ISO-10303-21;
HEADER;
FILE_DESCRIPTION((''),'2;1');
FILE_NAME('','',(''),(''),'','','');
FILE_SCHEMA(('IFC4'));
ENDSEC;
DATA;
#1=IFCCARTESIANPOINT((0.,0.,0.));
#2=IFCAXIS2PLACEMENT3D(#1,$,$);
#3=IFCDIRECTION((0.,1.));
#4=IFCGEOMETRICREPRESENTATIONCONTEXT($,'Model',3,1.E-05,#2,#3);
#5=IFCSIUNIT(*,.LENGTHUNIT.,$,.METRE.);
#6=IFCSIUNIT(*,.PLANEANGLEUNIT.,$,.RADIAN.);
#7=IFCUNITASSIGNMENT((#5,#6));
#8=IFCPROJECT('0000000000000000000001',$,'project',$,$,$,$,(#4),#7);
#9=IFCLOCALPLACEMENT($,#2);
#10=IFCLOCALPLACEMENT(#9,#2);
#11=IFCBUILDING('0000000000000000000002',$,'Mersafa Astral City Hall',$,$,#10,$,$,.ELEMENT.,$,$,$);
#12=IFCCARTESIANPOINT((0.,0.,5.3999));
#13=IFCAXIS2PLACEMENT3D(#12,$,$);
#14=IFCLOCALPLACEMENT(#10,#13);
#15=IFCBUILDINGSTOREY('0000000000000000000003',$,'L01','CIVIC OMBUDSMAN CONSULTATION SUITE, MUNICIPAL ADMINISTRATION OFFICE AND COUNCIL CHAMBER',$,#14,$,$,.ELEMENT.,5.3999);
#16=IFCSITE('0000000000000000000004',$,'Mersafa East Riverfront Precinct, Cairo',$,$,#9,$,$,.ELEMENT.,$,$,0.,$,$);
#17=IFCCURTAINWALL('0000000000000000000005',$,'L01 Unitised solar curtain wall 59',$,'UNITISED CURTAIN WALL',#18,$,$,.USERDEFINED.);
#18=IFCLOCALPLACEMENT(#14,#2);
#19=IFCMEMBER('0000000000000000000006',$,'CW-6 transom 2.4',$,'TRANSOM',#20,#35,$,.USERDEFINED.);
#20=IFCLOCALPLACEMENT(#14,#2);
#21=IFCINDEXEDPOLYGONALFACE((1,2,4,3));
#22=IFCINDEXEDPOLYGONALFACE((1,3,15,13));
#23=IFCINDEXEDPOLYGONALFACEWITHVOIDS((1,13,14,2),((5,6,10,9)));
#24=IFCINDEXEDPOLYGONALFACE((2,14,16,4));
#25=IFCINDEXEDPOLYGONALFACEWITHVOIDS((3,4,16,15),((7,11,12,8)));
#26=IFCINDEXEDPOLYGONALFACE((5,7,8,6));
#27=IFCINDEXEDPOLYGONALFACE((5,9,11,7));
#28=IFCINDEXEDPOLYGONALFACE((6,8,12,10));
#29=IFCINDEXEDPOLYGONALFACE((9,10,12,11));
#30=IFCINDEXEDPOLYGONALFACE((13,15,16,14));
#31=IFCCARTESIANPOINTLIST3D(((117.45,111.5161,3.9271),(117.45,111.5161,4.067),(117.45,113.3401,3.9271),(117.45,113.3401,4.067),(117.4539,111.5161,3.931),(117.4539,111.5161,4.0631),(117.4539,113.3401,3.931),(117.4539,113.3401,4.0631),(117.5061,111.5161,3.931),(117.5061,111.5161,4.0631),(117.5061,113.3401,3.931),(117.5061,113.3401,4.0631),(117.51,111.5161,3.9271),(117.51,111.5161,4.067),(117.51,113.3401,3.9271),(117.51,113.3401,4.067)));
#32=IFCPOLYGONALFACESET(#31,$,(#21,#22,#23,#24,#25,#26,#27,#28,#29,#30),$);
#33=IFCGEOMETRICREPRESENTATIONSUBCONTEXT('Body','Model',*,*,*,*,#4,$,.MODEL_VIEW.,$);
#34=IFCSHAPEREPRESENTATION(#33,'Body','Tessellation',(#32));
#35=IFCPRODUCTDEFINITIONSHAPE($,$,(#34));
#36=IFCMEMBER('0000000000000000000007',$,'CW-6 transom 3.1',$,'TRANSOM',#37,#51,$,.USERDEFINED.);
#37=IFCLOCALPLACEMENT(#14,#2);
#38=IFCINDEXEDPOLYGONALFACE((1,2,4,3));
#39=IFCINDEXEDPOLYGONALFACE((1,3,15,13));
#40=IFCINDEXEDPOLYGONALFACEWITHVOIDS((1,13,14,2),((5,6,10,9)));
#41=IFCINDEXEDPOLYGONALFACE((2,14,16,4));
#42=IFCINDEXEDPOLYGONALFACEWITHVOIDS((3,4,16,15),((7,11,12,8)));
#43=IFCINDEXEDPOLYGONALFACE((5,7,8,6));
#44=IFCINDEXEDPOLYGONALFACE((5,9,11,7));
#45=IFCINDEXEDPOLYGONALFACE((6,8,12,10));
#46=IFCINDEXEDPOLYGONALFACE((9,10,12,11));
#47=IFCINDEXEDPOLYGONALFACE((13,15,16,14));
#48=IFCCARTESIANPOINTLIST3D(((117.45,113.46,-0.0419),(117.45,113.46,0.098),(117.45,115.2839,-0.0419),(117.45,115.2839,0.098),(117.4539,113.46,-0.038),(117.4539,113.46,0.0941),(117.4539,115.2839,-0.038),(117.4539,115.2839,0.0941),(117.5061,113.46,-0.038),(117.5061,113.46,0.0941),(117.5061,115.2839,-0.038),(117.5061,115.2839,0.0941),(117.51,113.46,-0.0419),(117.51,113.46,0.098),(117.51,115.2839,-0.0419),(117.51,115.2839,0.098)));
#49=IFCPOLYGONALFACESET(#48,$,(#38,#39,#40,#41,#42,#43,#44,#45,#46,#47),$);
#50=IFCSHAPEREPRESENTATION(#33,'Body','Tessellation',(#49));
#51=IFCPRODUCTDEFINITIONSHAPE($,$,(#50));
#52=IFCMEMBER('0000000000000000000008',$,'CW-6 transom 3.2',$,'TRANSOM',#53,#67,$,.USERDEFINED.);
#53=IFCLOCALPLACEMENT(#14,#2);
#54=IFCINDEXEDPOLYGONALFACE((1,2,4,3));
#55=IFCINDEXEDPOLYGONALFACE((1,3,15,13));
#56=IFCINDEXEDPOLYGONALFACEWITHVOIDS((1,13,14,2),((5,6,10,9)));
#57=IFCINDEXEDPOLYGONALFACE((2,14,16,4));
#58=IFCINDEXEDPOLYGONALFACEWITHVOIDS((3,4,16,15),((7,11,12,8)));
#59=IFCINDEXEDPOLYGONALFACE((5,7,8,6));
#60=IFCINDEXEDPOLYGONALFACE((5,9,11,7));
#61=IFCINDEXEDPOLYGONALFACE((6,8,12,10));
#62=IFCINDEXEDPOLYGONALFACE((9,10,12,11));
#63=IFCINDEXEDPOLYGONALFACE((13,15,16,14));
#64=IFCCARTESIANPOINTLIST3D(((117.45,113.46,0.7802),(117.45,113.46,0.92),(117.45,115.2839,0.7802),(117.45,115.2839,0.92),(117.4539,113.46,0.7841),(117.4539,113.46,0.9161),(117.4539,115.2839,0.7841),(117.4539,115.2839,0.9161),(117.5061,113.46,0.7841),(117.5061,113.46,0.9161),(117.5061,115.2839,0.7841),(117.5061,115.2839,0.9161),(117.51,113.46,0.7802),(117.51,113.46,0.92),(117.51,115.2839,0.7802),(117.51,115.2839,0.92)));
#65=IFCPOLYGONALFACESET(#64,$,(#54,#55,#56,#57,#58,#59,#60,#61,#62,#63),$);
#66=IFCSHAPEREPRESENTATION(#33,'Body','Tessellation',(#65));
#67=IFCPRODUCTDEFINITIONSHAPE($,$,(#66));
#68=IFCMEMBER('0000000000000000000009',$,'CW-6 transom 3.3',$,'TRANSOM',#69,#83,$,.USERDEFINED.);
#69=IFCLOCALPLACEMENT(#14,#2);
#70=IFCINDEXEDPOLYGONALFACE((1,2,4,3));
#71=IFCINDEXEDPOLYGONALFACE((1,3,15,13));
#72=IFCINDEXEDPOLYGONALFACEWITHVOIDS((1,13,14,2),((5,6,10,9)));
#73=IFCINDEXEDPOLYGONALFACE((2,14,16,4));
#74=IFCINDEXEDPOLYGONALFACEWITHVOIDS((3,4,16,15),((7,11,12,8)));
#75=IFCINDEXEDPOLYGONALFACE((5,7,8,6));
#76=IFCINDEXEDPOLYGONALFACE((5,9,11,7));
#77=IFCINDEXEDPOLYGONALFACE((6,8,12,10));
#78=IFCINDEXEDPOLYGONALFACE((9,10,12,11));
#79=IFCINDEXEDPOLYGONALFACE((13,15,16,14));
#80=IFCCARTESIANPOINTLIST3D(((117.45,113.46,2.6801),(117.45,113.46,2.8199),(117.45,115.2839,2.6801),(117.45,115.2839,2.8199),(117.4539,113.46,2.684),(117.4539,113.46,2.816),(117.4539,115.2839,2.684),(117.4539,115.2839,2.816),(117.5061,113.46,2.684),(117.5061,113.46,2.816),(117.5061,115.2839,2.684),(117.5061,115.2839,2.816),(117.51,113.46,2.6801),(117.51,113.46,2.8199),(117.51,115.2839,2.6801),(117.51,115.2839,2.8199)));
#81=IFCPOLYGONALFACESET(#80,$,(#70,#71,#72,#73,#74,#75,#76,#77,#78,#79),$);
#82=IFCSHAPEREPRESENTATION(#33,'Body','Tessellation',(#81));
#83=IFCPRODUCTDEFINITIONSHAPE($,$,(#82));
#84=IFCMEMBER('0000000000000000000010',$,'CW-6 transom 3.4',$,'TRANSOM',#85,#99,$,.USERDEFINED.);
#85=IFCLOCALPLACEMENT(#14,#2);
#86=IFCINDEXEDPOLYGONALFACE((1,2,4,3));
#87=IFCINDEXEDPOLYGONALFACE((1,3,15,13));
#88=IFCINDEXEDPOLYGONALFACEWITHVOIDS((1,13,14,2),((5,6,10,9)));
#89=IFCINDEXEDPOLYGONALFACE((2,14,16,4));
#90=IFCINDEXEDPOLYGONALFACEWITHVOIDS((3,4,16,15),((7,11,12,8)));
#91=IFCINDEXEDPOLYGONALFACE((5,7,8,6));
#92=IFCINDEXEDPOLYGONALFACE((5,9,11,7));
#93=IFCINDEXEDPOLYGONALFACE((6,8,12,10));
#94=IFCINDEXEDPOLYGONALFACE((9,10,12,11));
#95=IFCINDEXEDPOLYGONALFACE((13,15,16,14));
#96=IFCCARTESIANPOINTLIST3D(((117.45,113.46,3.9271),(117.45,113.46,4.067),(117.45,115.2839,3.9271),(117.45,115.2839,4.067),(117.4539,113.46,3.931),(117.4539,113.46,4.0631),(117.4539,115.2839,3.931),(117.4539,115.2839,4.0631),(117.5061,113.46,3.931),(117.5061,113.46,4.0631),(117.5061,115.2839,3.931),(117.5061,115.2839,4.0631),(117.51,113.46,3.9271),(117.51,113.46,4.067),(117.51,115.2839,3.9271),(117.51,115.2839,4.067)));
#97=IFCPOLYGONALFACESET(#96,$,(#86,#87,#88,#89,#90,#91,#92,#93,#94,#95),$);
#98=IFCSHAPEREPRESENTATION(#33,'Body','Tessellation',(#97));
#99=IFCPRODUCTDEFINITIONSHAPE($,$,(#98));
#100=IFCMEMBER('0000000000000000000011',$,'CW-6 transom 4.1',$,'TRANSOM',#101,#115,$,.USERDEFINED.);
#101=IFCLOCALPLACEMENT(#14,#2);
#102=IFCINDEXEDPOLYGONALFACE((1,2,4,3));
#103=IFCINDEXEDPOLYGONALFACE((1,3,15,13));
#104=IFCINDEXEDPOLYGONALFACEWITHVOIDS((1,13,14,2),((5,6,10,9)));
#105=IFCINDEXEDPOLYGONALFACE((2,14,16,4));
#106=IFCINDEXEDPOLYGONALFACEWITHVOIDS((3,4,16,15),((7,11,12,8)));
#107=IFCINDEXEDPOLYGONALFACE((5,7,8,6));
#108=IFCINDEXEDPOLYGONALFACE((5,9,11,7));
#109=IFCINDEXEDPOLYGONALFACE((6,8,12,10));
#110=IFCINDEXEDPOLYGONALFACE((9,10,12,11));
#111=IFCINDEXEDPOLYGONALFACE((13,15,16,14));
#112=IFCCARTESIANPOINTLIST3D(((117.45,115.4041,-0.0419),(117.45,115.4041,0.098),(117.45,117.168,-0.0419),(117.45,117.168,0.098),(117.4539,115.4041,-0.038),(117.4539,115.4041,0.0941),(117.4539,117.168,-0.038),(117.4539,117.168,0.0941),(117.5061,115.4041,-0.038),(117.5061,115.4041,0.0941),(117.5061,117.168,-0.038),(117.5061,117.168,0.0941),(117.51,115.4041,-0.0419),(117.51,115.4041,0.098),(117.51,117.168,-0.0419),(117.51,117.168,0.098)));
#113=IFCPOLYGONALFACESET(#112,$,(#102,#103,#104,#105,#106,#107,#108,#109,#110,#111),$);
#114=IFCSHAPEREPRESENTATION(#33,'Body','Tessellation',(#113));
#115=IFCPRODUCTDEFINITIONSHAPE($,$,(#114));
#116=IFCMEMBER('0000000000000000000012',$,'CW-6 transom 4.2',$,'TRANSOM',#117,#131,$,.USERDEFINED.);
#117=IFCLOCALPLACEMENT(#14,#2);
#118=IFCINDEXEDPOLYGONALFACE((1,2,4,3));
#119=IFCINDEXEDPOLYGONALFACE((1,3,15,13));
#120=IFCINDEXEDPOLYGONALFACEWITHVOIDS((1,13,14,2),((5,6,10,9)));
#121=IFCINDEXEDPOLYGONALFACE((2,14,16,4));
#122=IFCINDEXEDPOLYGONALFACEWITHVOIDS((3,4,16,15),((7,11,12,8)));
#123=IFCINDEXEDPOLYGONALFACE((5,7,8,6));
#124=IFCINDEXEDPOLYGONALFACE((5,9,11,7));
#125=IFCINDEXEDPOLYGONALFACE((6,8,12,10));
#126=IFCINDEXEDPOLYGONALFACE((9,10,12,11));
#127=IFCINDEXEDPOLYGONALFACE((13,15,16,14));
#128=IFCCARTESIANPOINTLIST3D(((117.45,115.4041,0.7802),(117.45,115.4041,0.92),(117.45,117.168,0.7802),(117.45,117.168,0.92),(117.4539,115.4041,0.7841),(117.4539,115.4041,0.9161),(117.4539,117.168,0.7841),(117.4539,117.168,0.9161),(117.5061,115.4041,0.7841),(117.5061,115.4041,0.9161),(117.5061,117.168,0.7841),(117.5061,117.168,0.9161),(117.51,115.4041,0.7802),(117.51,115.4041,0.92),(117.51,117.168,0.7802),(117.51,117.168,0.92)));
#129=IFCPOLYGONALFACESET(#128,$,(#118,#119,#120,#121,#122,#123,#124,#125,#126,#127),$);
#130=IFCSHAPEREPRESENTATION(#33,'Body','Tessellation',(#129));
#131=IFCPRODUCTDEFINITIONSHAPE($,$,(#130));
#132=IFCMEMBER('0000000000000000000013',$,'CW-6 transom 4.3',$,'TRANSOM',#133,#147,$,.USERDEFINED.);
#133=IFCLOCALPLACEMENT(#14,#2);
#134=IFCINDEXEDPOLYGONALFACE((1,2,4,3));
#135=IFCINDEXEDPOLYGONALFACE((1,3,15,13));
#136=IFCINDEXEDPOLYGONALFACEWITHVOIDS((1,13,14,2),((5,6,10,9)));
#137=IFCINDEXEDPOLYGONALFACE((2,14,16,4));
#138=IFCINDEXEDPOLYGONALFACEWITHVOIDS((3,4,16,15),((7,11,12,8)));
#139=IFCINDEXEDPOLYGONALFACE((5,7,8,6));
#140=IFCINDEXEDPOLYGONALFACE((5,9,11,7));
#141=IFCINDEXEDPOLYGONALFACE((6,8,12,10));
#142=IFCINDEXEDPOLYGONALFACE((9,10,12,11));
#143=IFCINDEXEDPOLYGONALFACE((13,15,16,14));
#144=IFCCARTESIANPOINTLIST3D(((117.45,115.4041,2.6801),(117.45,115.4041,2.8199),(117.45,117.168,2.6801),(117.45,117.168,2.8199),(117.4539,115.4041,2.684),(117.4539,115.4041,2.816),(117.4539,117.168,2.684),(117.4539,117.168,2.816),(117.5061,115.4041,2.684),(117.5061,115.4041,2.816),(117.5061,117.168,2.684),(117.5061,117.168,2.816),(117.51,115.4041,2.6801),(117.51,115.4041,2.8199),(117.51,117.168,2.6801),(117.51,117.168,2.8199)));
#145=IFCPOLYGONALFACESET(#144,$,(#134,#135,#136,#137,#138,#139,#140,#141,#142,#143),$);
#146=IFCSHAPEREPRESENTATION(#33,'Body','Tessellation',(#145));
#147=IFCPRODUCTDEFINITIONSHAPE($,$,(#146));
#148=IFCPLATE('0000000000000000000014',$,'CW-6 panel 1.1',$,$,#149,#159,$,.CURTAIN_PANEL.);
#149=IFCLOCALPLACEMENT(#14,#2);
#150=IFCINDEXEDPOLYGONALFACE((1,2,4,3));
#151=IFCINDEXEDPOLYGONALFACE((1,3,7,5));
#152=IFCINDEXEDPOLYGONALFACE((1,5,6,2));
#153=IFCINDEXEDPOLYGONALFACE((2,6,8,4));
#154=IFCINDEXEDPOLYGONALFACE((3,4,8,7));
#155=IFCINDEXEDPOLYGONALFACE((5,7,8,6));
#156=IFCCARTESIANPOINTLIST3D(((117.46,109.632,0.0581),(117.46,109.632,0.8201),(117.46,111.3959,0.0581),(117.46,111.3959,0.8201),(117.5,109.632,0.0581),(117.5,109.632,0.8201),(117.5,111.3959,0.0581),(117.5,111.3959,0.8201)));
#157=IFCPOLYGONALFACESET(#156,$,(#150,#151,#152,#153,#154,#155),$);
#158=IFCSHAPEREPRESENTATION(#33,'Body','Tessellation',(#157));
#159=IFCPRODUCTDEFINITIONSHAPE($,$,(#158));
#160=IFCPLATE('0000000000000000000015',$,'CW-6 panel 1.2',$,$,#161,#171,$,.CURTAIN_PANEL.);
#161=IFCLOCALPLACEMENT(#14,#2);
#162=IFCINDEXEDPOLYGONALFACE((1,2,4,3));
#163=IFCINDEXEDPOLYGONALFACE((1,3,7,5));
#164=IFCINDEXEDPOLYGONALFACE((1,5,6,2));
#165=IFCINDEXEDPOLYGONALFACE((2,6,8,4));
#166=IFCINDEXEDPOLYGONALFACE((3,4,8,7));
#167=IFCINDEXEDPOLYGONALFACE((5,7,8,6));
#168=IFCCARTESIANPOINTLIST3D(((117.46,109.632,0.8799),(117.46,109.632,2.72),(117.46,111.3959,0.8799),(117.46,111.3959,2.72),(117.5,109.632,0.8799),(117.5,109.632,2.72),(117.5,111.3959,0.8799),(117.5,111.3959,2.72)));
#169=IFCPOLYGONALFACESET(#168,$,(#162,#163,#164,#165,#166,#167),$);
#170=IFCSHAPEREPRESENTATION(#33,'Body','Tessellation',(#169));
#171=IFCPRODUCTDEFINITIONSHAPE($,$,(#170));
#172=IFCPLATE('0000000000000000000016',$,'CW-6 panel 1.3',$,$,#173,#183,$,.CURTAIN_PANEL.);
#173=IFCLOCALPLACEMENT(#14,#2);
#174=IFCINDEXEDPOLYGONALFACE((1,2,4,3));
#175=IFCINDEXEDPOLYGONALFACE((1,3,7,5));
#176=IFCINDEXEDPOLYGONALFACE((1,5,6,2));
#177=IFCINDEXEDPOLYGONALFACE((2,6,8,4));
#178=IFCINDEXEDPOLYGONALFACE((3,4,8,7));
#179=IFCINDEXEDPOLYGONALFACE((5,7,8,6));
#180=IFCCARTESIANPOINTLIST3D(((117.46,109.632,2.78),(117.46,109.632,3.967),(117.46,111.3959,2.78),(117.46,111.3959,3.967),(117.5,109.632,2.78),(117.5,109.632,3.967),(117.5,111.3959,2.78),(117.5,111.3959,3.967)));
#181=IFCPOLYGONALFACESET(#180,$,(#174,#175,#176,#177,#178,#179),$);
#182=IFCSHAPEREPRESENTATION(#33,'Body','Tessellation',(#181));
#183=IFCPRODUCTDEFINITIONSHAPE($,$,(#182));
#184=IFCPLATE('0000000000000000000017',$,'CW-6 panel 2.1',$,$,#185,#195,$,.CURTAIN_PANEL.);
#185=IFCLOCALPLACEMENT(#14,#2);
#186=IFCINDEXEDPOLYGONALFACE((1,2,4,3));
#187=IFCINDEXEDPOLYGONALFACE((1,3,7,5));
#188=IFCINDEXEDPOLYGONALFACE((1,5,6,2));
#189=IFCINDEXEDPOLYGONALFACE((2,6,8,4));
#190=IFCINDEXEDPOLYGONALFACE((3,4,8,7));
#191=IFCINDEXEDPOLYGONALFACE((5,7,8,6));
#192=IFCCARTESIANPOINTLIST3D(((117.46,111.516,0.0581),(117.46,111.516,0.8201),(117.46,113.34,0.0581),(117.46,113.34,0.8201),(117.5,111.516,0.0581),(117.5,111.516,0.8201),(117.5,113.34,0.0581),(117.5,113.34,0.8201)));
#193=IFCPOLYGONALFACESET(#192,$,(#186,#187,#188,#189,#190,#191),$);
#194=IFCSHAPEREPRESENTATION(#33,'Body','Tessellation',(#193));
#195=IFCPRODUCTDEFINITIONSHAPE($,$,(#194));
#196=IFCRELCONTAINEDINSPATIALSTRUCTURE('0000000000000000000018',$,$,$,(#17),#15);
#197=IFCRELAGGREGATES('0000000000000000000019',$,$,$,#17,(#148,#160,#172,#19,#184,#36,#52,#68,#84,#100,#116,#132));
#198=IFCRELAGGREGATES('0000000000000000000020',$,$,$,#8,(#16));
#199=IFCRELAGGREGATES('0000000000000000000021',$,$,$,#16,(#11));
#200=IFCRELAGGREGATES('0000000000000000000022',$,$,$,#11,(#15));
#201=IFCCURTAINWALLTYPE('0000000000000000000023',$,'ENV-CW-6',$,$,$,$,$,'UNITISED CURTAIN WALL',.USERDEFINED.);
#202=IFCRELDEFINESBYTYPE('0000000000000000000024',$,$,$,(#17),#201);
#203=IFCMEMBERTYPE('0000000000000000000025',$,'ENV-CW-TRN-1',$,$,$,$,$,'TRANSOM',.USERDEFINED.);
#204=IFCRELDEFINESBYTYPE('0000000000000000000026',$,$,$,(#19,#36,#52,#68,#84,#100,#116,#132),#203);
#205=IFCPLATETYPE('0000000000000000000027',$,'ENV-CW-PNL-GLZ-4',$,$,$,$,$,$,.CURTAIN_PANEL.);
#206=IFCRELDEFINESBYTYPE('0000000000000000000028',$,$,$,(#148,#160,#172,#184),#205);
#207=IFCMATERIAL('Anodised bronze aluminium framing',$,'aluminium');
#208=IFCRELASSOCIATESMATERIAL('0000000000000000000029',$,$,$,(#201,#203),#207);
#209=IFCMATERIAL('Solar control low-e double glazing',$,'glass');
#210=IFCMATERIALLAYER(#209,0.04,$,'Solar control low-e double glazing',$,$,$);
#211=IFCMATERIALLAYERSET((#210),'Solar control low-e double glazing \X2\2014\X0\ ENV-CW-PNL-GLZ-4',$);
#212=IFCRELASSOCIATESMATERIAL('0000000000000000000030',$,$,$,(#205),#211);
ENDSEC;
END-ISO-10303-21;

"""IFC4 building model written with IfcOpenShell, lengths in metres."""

from ifc_helpers import new_model, si_unit, direction, frame, origin, origin_2d, place, context, subcontext, project, spatial, rectangle, hollow_rectangle, extrude, material, layer, layer_set, material_profile, profile_set, type_object, element, aggregate, save


model = new_model("IFC4")

# Units and contexts
model_context = context("Model", 3, precision=1e-05, world=origin(), true_north=direction((0.0, 1.0)))
body_context = subcontext(model_context, "Body", "Model", "MODEL_VIEW")
ifc_project = project(units=[si_unit("LENGTHUNIT", "METRE"), si_unit("PLANEANGLEUNIT", "RADIAN")], contexts=[model_context])

# Site, building, storey
site_placement = place(None, origin())
site = spatial("IfcSite", under=ifc_project, at=site_placement, Name="Mersafa East Riverfront Precinct, Cairo", CompositionType="ELEMENT", RefElevation=0.0)
building_placement = place(site_placement, origin())
building = spatial("IfcBuilding", under=site, at=building_placement, Name="Mersafa Astral City Hall", CompositionType="ELEMENT")
storey_placement = place(building_placement, frame((0.0, 0.0, 5.3999)))
storey = spatial("IfcBuildingStorey", under=building, at=storey_placement, Name="L01", Description="CIVIC OMBUDSMAN CONSULTATION SUITE, MUNICIPAL ADMINISTRATION OFFICE AND COUNCIL CHAMBER", CompositionType="ELEMENT", Elevation=5.3999)

# Curtain wall, members, plates
ifc_material_1 = material(Name="Anodised bronze aluminium framing", Category="aluminium")
curtain_wall_type = type_object("IfcCurtainWallType", Name="ENV-CW-6", ElementType="UNITISED CURTAIN WALL", PredefinedType="USERDEFINED", material=ifc_material_1)
curtain_wall_placement = place(storey_placement, origin())
curtain_wall = element("IfcCurtainWall", 1, at=curtain_wall_placement, inside=storey, type_object=curtain_wall_type, Name="L01 Unitised solar curtain wall 59", ObjectType="UNITISED CURTAIN WALL", PredefinedType="USERDEFINED")
ifc_material_profile_1 = material_profile(ifc_material_1, hollow_rectangle(XDim=0.0601, YDim=0.1399, WallThickness=0.0039, at=origin_2d()), Name="RHS 60x140x4")
ifc_profile_set_1 = profile_set([ifc_material_profile_1], Name="Anodised bronze aluminium framing")
member_type_1 = type_object("IfcMemberType", Name="ENV-CW-TRN-1", ElementType="TRANSOM", PredefinedType="USERDEFINED", material=ifc_profile_set_1)
member_1_placement = place(storey_placement, frame((117.48, 111.5161, 3.9971), z_axis=(0.0, 1.0, 0.0), x_axis=(-1.0, 0.0, 0.0)))
member_1 = element("IfcMember", 2, at=member_1_placement, type_object=member_type_1, Name="CW-6 transom 2.4", ObjectType="TRANSOM", PredefinedType="USERDEFINED", context=body_context, shape_type="SweptSolid", body=[
    extrude(hollow_rectangle(XDim=0.0601, YDim=0.1399, WallThickness=0.0039, at=origin_2d()), origin(), (0.0, 0.0, 1.0), 1.824),
])
member_2_placement = place(storey_placement, frame((117.48, 113.46, 0.0281), z_axis=(0.0, 1.0, 0.0), x_axis=(-1.0, 0.0, 0.0)))
member_2 = element("IfcMember", 3, at=member_2_placement, type_object=member_type_1, Name="CW-6 transom 3.1", ObjectType="TRANSOM", PredefinedType="USERDEFINED", context=body_context, shape_type="SweptSolid", body=[
    extrude(hollow_rectangle(XDim=0.0601, YDim=0.1399, WallThickness=0.0039, at=origin_2d()), origin(), (0.0, 0.0, 1.0), 1.824),
])
member_3_placement = place(storey_placement, frame((117.48, 113.46, 0.8501), z_axis=(0.0, 1.0, 0.0), x_axis=(-1.0, 0.0, 0.0)))
member_3 = element("IfcMember", 4, at=member_3_placement, type_object=member_type_1, Name="CW-6 transom 3.2", ObjectType="TRANSOM", PredefinedType="USERDEFINED", context=body_context, shape_type="SweptSolid", body=[
    extrude(hollow_rectangle(XDim=0.0601, YDim=0.1399, WallThickness=0.0039, at=origin_2d()), origin(), (0.0, 0.0, 1.0), 1.824),
])
member_4_placement = place(storey_placement, frame((117.48, 113.46, 2.75), z_axis=(0.0, 1.0, 0.0), x_axis=(-1.0, 0.0, 0.0)))
member_4 = element("IfcMember", 5, at=member_4_placement, type_object=member_type_1, Name="CW-6 transom 3.3", ObjectType="TRANSOM", PredefinedType="USERDEFINED", context=body_context, shape_type="SweptSolid", body=[
    extrude(hollow_rectangle(XDim=0.0601, YDim=0.1399, WallThickness=0.0039, at=origin_2d()), origin(), (0.0, 0.0, 1.0), 1.824),
])
member_5_placement = place(storey_placement, frame((117.48, 113.46, 3.9971), z_axis=(0.0, 1.0, 0.0), x_axis=(-1.0, 0.0, 0.0)))
member_5 = element("IfcMember", 6, at=member_5_placement, type_object=member_type_1, Name="CW-6 transom 3.4", ObjectType="TRANSOM", PredefinedType="USERDEFINED", context=body_context, shape_type="SweptSolid", body=[
    extrude(hollow_rectangle(XDim=0.0601, YDim=0.1399, WallThickness=0.0039, at=origin_2d()), origin(), (0.0, 0.0, 1.0), 1.824),
])
member_6_placement = place(storey_placement, frame((117.48, 115.4041, 0.0281), z_axis=(0.0, 1.0, 0.0), x_axis=(-1.0, 0.0, 0.0)))
member_6 = element("IfcMember", 7, at=member_6_placement, type_object=member_type_1, Name="CW-6 transom 4.1", ObjectType="TRANSOM", PredefinedType="USERDEFINED", context=body_context, shape_type="SweptSolid", body=[
    extrude(hollow_rectangle(XDim=0.0601, YDim=0.1399, WallThickness=0.0039, at=origin_2d()), origin(), (0.0, 0.0, 1.0), 1.7639),
])
member_7_placement = place(storey_placement, frame((117.48, 115.4041, 0.8501), z_axis=(0.0, 1.0, 0.0), x_axis=(-1.0, 0.0, 0.0)))
member_7 = element("IfcMember", 8, at=member_7_placement, type_object=member_type_1, Name="CW-6 transom 4.2", ObjectType="TRANSOM", PredefinedType="USERDEFINED", context=body_context, shape_type="SweptSolid", body=[
    extrude(hollow_rectangle(XDim=0.0601, YDim=0.1399, WallThickness=0.0039, at=origin_2d()), origin(), (0.0, 0.0, 1.0), 1.7639),
])
member_8_placement = place(storey_placement, frame((117.48, 115.4041, 2.75), z_axis=(0.0, 1.0, 0.0), x_axis=(-1.0, 0.0, 0.0)))
member_8 = element("IfcMember", 9, at=member_8_placement, type_object=member_type_1, Name="CW-6 transom 4.3", ObjectType="TRANSOM", PredefinedType="USERDEFINED", context=body_context, shape_type="SweptSolid", body=[
    extrude(hollow_rectangle(XDim=0.0601, YDim=0.1399, WallThickness=0.0039, at=origin_2d()), origin(), (0.0, 0.0, 1.0), 1.7639),
])
ifc_material_2 = material(Name="Solar control low-e double glazing", Category="glass")
ifc_layer = layer(ifc_material_2, 0.04, Name="Solar control low-e double glazing")
ifc_layer_set = layer_set([ifc_layer], Name="Solar control low-e double glazing — ENV-CW-PNL-GLZ-4")
plate_type = type_object("IfcPlateType", Name="ENV-CW-PNL-GLZ-4", PredefinedType="CURTAIN_PANEL", material=ifc_layer_set)
plate_1_placement = place(storey_placement, frame((117.48, 110.5139, 0.0581), z_axis=(0.0, 0.0, 1.0), x_axis=(0.0, 1.0, 0.0)))
plate_1 = element("IfcPlate", 10, at=plate_1_placement, type_object=plate_type, Name="CW-6 panel 1.1", PredefinedType="CURTAIN_PANEL", context=body_context, shape_type="SweptSolid", body=[
    extrude(rectangle(XDim=1.7639, YDim=0.04, at=origin_2d()), origin(), (0.0, 0.0, 1.0), 0.762),
])
plate_2_placement = place(storey_placement, frame((117.48, 110.5139, 0.8799), z_axis=(0.0, 0.0, 1.0), x_axis=(0.0, 1.0, 0.0)))
plate_2 = element("IfcPlate", 11, at=plate_2_placement, type_object=plate_type, Name="CW-6 panel 1.2", PredefinedType="CURTAIN_PANEL", context=body_context, shape_type="SweptSolid", body=[
    extrude(rectangle(XDim=1.7639, YDim=0.04, at=origin_2d()), origin(), (0.0, 0.0, 1.0), 1.8401),
])
plate_3_placement = place(storey_placement, frame((117.48, 110.5139, 2.78), z_axis=(0.0, 0.0, 1.0), x_axis=(0.0, 1.0, 0.0)))
plate_3 = element("IfcPlate", 12, at=plate_3_placement, type_object=plate_type, Name="CW-6 panel 1.3", PredefinedType="CURTAIN_PANEL", context=body_context, shape_type="SweptSolid", body=[
    extrude(rectangle(XDim=1.7639, YDim=0.04, at=origin_2d()), origin(), (0.0, 0.0, 1.0), 1.187),
])
plate_4_placement = place(storey_placement, frame((117.48, 112.428, 0.0581), z_axis=(0.0, 0.0, 1.0), x_axis=(0.0, 1.0, 0.0)))
plate_4 = element("IfcPlate", 13, at=plate_4_placement, type_object=plate_type, Name="CW-6 panel 2.1", PredefinedType="CURTAIN_PANEL", context=body_context, shape_type="SweptSolid", body=[
    extrude(rectangle(XDim=1.824, YDim=0.04, at=origin_2d()), origin(), (0.0, 0.0, 1.0), 0.762),
])
aggregate(curtain_wall, [plate_1, plate_2, plate_3, member_1, plate_4, member_2, member_3, member_4, member_5, member_6, member_7, member_8])

save(model, "model.ifc")
